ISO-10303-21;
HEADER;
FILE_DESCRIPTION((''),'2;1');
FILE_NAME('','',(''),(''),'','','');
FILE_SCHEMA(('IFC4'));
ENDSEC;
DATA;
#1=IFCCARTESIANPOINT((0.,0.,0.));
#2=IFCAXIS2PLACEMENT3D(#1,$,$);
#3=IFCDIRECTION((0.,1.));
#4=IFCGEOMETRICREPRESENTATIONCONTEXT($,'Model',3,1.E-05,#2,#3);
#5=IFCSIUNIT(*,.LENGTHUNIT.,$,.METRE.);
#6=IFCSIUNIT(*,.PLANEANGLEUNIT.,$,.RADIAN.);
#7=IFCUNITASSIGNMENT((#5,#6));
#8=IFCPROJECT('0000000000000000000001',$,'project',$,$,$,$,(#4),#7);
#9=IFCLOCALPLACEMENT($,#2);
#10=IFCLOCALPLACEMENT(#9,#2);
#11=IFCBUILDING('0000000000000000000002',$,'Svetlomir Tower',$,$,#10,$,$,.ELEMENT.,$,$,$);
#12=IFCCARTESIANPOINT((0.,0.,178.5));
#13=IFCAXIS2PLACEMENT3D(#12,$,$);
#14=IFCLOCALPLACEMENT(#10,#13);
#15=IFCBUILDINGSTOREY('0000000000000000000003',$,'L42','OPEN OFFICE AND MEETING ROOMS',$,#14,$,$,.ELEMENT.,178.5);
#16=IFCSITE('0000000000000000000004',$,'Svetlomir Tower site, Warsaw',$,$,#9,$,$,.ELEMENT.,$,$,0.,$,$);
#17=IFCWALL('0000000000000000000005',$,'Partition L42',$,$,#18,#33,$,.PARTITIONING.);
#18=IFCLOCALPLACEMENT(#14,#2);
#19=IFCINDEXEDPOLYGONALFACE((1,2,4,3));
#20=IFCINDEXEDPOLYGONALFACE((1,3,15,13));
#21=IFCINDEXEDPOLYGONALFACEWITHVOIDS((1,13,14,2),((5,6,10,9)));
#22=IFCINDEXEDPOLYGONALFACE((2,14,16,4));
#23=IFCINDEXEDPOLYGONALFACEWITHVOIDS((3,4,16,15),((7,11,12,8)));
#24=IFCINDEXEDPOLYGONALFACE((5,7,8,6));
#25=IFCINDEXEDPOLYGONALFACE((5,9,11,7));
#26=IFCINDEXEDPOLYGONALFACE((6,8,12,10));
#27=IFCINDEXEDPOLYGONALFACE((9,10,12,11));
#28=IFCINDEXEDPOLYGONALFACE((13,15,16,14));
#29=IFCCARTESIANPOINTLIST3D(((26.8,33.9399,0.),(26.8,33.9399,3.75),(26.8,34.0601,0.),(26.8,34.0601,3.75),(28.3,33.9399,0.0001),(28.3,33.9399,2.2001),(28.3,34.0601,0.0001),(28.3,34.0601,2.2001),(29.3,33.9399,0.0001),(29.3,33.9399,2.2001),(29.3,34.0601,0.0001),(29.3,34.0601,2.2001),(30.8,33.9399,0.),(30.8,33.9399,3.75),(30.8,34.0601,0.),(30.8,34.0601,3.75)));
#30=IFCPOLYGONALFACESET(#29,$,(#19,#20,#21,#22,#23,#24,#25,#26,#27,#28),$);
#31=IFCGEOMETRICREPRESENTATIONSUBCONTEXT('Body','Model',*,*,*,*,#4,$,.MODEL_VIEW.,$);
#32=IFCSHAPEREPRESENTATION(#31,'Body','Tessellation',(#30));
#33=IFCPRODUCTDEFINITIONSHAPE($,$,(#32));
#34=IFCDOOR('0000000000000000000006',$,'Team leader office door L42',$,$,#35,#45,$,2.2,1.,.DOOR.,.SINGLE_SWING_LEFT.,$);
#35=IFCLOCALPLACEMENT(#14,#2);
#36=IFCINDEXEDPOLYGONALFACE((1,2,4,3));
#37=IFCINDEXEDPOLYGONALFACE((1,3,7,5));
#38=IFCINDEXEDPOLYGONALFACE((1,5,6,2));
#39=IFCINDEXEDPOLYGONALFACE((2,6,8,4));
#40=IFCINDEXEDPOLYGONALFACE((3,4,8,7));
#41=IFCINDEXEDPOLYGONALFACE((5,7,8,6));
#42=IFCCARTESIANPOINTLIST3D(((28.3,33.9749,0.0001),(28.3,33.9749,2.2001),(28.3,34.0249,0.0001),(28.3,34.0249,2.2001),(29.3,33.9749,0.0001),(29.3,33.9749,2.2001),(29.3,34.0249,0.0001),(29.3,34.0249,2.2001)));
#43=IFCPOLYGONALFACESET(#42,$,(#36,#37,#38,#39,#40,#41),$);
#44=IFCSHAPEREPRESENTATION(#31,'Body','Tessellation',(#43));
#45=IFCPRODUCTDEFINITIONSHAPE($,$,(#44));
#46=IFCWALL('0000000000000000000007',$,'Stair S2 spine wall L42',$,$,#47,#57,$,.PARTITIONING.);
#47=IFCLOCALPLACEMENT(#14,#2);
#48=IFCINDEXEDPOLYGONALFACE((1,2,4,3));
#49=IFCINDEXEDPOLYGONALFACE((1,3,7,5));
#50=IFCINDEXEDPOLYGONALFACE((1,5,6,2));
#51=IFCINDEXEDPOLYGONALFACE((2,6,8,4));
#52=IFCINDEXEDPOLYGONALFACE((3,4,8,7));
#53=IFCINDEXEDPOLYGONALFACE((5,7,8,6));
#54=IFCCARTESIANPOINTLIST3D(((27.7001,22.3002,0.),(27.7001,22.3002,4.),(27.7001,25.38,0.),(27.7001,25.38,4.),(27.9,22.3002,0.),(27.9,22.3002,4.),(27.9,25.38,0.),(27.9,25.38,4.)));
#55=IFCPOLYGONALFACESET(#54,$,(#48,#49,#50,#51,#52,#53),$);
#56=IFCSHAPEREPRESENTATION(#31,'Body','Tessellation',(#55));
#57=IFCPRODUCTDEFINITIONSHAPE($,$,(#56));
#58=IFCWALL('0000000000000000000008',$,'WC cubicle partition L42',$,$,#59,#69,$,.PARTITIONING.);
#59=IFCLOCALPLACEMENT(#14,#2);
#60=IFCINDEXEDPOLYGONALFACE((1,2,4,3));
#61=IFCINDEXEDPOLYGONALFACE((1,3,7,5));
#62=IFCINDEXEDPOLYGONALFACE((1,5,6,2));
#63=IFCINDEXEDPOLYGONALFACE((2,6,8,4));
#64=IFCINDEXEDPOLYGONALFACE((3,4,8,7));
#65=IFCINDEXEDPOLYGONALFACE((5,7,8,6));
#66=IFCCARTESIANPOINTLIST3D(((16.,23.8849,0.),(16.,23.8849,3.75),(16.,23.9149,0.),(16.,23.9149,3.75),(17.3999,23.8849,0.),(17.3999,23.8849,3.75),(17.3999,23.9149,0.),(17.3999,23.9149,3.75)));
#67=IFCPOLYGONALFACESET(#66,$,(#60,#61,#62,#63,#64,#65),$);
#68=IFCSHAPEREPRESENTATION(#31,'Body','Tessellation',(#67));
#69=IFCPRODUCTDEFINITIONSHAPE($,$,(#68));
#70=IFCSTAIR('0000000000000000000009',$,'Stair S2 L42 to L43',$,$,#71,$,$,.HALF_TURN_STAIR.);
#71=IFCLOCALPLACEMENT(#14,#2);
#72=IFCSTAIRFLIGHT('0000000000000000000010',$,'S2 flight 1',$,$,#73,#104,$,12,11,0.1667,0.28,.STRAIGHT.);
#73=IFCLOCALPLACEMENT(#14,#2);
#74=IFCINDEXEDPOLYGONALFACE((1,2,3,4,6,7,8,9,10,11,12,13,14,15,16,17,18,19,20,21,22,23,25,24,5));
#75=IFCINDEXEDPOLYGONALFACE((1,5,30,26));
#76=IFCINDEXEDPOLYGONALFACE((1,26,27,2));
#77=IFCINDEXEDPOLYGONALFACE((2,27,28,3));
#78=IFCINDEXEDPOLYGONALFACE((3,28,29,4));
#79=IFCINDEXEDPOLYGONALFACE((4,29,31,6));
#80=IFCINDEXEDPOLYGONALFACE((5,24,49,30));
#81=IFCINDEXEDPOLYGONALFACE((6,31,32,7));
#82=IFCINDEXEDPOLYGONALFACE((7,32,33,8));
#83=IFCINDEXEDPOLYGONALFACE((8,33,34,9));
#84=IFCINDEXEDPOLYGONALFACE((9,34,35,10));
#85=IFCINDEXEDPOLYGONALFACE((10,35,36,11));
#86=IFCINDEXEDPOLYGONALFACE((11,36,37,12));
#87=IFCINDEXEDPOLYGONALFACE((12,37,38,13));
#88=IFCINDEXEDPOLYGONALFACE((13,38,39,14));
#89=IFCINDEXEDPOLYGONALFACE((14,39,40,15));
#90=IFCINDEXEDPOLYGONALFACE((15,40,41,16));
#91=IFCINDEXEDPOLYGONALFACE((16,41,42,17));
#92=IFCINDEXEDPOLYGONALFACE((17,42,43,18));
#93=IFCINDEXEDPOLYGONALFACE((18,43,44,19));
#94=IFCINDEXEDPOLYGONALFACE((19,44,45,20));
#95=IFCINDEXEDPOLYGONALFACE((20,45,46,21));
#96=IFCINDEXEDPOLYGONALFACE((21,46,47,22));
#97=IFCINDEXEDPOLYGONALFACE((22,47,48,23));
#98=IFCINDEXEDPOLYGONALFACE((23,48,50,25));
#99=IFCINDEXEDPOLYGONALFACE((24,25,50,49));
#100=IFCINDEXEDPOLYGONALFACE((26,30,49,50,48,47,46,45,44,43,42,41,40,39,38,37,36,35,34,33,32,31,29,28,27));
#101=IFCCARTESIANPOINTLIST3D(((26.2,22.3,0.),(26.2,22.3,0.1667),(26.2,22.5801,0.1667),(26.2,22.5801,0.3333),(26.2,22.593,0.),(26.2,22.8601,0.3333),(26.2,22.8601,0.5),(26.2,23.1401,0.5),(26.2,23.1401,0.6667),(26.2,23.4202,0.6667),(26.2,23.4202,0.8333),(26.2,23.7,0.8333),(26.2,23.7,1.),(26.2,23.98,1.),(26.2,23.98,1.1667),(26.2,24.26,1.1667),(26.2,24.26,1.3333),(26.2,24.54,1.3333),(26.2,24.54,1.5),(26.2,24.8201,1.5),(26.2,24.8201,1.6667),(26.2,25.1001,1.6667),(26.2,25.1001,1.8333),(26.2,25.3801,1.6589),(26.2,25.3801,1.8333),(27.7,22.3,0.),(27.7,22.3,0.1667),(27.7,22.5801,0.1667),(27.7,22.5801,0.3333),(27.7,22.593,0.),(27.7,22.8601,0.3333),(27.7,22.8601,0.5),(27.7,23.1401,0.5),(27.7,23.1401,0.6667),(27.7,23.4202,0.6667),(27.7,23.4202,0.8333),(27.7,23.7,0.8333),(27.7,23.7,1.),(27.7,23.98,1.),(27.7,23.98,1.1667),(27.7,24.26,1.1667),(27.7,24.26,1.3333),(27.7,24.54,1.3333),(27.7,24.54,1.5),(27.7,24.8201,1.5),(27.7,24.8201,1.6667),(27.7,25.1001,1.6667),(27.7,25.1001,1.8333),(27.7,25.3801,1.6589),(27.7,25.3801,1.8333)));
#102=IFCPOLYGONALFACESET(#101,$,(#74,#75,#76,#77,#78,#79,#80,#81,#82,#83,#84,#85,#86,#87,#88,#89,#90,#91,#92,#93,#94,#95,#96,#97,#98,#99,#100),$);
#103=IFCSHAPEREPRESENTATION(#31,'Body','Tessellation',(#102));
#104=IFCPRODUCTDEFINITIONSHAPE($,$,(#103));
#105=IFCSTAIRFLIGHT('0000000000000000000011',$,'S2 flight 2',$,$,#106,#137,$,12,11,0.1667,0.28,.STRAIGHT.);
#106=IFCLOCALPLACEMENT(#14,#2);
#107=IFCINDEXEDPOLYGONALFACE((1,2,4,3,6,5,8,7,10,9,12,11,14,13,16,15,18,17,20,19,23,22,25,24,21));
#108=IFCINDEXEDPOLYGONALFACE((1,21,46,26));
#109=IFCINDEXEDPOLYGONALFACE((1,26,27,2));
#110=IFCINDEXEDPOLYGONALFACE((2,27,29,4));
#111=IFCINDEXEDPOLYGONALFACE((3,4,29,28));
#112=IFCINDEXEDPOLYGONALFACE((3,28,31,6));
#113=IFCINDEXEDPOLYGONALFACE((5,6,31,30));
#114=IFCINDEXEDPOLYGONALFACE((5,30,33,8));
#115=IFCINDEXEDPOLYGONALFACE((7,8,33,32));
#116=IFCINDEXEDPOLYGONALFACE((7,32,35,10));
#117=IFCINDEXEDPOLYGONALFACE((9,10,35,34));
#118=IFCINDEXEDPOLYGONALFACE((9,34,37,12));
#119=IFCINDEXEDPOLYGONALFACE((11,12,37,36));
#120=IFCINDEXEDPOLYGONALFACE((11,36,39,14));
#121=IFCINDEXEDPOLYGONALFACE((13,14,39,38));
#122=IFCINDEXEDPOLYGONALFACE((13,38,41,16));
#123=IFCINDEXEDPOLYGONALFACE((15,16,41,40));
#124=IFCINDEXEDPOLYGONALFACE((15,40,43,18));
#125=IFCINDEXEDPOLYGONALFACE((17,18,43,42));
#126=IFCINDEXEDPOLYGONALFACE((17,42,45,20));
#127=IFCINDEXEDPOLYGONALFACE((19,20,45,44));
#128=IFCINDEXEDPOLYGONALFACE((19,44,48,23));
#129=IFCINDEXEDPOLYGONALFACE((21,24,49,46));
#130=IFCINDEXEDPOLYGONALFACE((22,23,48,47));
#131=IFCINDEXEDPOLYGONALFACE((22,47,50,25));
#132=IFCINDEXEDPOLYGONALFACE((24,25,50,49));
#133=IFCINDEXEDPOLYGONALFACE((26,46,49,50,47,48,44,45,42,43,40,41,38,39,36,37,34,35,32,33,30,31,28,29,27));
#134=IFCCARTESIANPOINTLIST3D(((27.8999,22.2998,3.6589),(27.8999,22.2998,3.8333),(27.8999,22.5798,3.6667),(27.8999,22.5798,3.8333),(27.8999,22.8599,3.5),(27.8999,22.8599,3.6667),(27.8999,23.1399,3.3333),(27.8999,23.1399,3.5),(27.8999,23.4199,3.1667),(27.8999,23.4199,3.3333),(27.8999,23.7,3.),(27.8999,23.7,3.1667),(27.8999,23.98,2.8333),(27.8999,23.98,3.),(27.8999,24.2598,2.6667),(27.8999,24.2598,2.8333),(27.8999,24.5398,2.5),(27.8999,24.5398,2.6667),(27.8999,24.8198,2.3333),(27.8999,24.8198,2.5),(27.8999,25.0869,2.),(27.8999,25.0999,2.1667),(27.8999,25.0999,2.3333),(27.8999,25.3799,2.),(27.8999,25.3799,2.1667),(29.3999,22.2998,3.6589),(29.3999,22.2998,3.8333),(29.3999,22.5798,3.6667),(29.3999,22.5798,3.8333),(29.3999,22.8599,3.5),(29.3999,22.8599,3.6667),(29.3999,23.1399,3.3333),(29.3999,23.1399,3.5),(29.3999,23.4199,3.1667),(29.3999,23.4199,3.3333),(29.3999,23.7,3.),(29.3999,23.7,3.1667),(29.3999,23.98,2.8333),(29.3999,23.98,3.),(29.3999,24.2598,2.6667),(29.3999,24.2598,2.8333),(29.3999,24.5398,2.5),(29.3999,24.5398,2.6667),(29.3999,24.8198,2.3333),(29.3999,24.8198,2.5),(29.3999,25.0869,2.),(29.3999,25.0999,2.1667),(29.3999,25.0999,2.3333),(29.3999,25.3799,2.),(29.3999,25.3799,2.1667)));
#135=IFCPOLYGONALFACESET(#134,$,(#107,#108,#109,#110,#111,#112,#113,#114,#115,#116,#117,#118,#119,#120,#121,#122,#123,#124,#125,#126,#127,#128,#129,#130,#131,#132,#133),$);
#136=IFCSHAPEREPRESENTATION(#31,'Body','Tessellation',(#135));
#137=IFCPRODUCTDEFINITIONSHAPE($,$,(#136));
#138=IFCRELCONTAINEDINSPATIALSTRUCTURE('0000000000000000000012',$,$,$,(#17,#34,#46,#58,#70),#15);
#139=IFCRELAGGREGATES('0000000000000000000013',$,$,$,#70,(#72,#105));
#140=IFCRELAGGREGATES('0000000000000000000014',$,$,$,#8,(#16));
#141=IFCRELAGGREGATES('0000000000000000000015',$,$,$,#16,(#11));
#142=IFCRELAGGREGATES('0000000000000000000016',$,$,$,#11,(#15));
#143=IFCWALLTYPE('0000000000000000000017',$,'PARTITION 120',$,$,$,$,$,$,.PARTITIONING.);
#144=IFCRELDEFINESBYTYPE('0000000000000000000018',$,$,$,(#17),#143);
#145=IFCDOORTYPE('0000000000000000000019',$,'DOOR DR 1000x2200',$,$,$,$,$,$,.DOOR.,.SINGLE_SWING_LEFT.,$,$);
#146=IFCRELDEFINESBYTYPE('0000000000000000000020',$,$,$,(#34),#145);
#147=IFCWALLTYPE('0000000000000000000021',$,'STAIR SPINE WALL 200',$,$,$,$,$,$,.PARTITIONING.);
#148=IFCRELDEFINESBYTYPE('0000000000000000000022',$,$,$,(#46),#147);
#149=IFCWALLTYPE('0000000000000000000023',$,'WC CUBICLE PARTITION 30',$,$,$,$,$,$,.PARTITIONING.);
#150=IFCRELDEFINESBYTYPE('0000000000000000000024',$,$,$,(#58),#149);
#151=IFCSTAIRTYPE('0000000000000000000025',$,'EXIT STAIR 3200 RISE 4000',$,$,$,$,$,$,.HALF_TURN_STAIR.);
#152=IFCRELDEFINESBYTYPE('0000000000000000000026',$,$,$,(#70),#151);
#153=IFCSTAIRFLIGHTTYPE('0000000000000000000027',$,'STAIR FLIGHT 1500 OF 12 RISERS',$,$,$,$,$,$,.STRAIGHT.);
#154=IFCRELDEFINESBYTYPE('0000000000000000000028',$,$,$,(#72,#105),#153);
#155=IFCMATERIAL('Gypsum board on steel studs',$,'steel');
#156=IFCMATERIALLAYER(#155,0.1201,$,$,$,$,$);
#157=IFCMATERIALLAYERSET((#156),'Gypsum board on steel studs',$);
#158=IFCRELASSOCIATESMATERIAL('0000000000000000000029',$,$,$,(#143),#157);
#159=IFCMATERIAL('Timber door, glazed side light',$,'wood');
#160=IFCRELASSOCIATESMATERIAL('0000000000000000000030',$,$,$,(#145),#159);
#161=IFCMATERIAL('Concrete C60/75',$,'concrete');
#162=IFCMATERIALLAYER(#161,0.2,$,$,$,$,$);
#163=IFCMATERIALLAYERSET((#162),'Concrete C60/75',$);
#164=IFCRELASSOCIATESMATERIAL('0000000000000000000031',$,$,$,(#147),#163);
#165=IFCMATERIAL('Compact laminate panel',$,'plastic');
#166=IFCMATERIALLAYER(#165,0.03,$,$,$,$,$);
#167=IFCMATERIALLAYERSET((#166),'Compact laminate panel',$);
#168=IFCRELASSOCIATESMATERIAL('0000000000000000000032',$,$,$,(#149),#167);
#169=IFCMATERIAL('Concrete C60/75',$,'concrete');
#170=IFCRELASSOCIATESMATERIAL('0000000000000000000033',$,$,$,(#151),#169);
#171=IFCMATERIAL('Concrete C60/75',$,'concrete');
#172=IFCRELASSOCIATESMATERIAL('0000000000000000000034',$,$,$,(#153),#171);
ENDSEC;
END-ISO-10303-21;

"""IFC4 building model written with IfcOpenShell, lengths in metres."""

from ifc_helpers import new_model, si_unit, direction, frame, frame_2d, origin, place, context, subcontext, project, spatial, polyline, rectangle, outline, extrude, material, layer, layer_set, type_object, element, fill, aggregate, save


model = new_model("IFC4")

# Units and contexts
model_context = context("Model", 3, precision=1e-05, world=origin(), true_north=direction((0.0, 1.0)))
body_context = subcontext(model_context, "Body", "Model", "MODEL_VIEW")
ifc_project = project(units=[si_unit("LENGTHUNIT", "METRE"), si_unit("PLANEANGLEUNIT", "RADIAN")], contexts=[model_context])

# Site, building, storey
site_placement = place(None, origin())
site = spatial("IfcSite", under=ifc_project, at=site_placement, Name="Svetlomir Tower site, Warsaw", CompositionType="ELEMENT", RefElevation=0.0)
building_placement = place(site_placement, origin())
building = spatial("IfcBuilding", under=site, at=building_placement, Name="Svetlomir Tower", CompositionType="ELEMENT")
storey_placement = place(building_placement, frame((0.0, 0.0, 178.5)))
storey = spatial("IfcBuildingStorey", under=building, at=storey_placement, Name="L42", Description="OPEN OFFICE AND MEETING ROOMS", CompositionType="ELEMENT", Elevation=178.5)

# Shared definitions
ifc_material_1 = material(Name="Gypsum board on steel studs", Category="steel")
ifc_layer_1 = layer(ifc_material_1, 0.1201)
ifc_layer_set_1 = layer_set([ifc_layer_1], Name="Gypsum board on steel studs")
wall_type_1 = type_object("IfcWallType", Name="PARTITION 120", PredefinedType="PARTITIONING", material=ifc_layer_set_1)

# Wall, opening, door
wall_1_placement = place(storey_placement, frame((26.8, 34.0, 0.0), z_axis=(0.0, 0.0, 1.0), x_axis=(1.0, 0.0, 0.0)))
wall_1 = element("IfcWall", 1, at=wall_1_placement, inside=storey, type_object=wall_type_1, Name="Partition L42", PredefinedType="PARTITIONING", context=body_context, shape_type="SweptSolid", body=[
    extrude(rectangle(XDim=4.0, YDim=0.1201, at=frame_2d((2.0, 0.0))), origin(), (0.0, 0.0, 1.0), 3.75),
])
opening_1_placement = place(wall_1_placement, frame((1.5, 0.0, 0.0)))
opening_1 = element("IfcOpeningElement", 2, at=opening_1_placement, cuts=wall_1, PredefinedType="OPENING", context=body_context, shape_type="SweptSolid", body=[
    extrude(rectangle(XDim=1.0, YDim=2.2, at=frame_2d((0.5, 1.1001))), frame((0.0, 0.0701, 0.0), z_axis=(0.0, -1.0, 0.0), x_axis=(1.0, 0.0, 0.0)), (0.0, 0.0, 1.0), 0.1401),
])
ifc_material_2 = material(Name="Timber door, glazed side light", Category="wood")
door_type_1 = type_object("IfcDoorType", Name="DOOR DR 1000x2200", OperationType="SINGLE_SWING_LEFT", PredefinedType="DOOR", material=ifc_material_2)
door_1_placement = place(opening_1_placement, origin())
door_1 = element("IfcDoor", 3, at=door_1_placement, inside=storey, type_object=door_type_1, Name="Team leader office door L42", OperationType="SINGLE_SWING_LEFT", OverallHeight=2.2, OverallWidth=1.0, PredefinedType="DOOR", context=body_context, shape_type="SweptSolid", body=[
    extrude(rectangle(XDim=1.0, YDim=2.2, at=frame_2d((0.5, 1.1001))), frame((0.0, 0.0249, 0.0), z_axis=(0.0, -1.0, 0.0), x_axis=(1.0, 0.0, 0.0)), (0.0, 0.0, 1.0), 0.05),
])
fill(opening_1, door_1)

# Walls
ifc_material_3 = material(Name="Concrete C60/75", Category="concrete")
ifc_layer_2 = layer(ifc_material_3, 0.2)
ifc_layer_set_2 = layer_set([ifc_layer_2], Name="Concrete C60/75")
wall_type_2 = type_object("IfcWallType", Name="STAIR SPINE WALL 200", PredefinedType="PARTITIONING", material=ifc_layer_set_2)
wall_2_placement = place(storey_placement, frame((27.8, 22.3, 0.0), z_axis=(0.0, 0.0, 1.0), x_axis=(0.0, 1.0, 0.0)))
element("IfcWall", 4, at=wall_2_placement, inside=storey, type_object=wall_type_2, Name="Stair S2 spine wall L42", PredefinedType="PARTITIONING", context=body_context, shape_type="SweptSolid", body=[
    extrude(rectangle(XDim=3.0798, YDim=0.2, at=frame_2d((1.54, 0.0))), origin(), (0.0, 0.0, 1.0), 4.0),
])
ifc_material_4 = material(Name="Compact laminate panel", Category="plastic")
ifc_layer_3 = layer(ifc_material_4, 0.03)
ifc_layer_set_3 = layer_set([ifc_layer_3], Name="Compact laminate panel")
wall_type_3 = type_object("IfcWallType", Name="WC CUBICLE PARTITION 30", PredefinedType="PARTITIONING", material=ifc_layer_set_3)
wall_3_placement = place(storey_placement, frame((16.0, 23.8999, 0.0), z_axis=(0.0, 0.0, 1.0), x_axis=(1.0, 0.0, 0.0)))
element("IfcWall", 5, at=wall_3_placement, inside=storey, type_object=wall_type_3, Name="WC cubicle partition L42", PredefinedType="PARTITIONING", context=body_context, shape_type="SweptSolid", body=[
    extrude(rectangle(XDim=1.3999, YDim=0.03, at=frame_2d((0.7, 0.0))), origin(), (0.0, 0.0, 1.0), 3.75),
])

# Stair, stair flights
ifc_material_5 = material(Name="Concrete C60/75", Category="concrete")
stair_type = type_object("IfcStairType", Name="EXIT STAIR 3200 RISE 4000", PredefinedType="HALF_TURN_STAIR", material=ifc_material_5)
stair_placement = place(storey_placement, origin())
stair = element("IfcStair", 6, at=stair_placement, inside=storey, type_object=stair_type, Name="Stair S2 L42 to L43", PredefinedType="HALF_TURN_STAIR")
ifc_material_6 = material(Name="Concrete C60/75", Category="concrete")
stair_flight_type = type_object("IfcStairFlightType", Name="STAIR FLIGHT 1500 OF 12 RISERS", PredefinedType="STRAIGHT", material=ifc_material_6)
stair_flight_1_placement = place(storey_placement, frame((26.95, 22.3, 0.0), z_axis=(0.0, 0.0, 1.0), x_axis=(0.0, 1.0, 0.0)))
stair_flight_1 = element("IfcStairFlight", 7, at=stair_flight_1_placement, type_object=stair_flight_type, Name="S2 flight 1", NumberOfRisers=12, NumberOfTreads=11, PredefinedType="STRAIGHT", RiserHeight=0.1667, TreadLength=0.28, context=body_context, shape_type="SweptSolid", body=[
    extrude(outline(polyline([(0.0, 0.0), (0.0, 0.1667), (0.28, 0.1667), (0.28, 0.3333), (0.5601, 0.3333), (0.5601, 0.5), (0.8401, 0.5), (0.8401, 0.6667), (1.1201, 0.6667), (1.1201, 0.8333), (1.3999, 0.8333), (1.3999, 1.0), (1.6799, 1.0), (1.6799, 1.1667), (1.96, 1.1667), (1.96, 1.3333), (2.24, 1.3333), (2.24, 1.5), (2.52, 1.5), (2.52, 1.6667), (2.8, 1.6667), (2.8, 1.8333), (3.0801, 1.8333), (3.0801, 2.0), (3.0801, 1.6589), (0.293, 0.0), (0.0, 0.0)])), frame((0.0, 0.75, 0.0), z_axis=(0.0, -1.0, 0.0), x_axis=(1.0, 0.0, 0.0)), (0.0, 0.0, 1.0), 1.5),
])
stair_flight_2_placement = place(storey_placement, frame((28.6499, 25.3799, 2.0), z_axis=(0.0, 0.0, 1.0), x_axis=(0.0, -1.0, 0.0)))
stair_flight_2 = element("IfcStairFlight", 8, at=stair_flight_2_placement, type_object=stair_flight_type, Name="S2 flight 2", NumberOfRisers=12, NumberOfTreads=11, PredefinedType="STRAIGHT", RiserHeight=0.1667, TreadLength=0.28, context=body_context, shape_type="SweptSolid", body=[
    extrude(outline(polyline([(0.0, 0.0), (0.0, 0.1667), (0.28, 0.1667), (0.28, 0.3333), (0.5601, 0.3333), (0.5601, 0.5), (0.8401, 0.5), (0.8401, 0.6667), (1.1201, 0.6667), (1.1201, 0.8333), (1.3999, 0.8333), (1.3999, 1.0), (1.6799, 1.0), (1.6799, 1.1667), (1.96, 1.1667), (1.96, 1.3333), (2.24, 1.3333), (2.24, 1.5), (2.52, 1.5), (2.52, 1.6667), (2.8, 1.6667), (2.8, 1.8333), (3.0801, 1.8333), (3.0801, 2.0), (3.0801, 1.6589), (0.293, 0.0), (0.0, 0.0)])), frame((0.0, 0.75, 0.0), z_axis=(0.0, -1.0, 0.0), x_axis=(1.0, 0.0, 0.0)), (0.0, 0.0, 1.0), 1.5),
])
aggregate(stair, [stair_flight_1, stair_flight_2])

save(model, "model.ifc")
